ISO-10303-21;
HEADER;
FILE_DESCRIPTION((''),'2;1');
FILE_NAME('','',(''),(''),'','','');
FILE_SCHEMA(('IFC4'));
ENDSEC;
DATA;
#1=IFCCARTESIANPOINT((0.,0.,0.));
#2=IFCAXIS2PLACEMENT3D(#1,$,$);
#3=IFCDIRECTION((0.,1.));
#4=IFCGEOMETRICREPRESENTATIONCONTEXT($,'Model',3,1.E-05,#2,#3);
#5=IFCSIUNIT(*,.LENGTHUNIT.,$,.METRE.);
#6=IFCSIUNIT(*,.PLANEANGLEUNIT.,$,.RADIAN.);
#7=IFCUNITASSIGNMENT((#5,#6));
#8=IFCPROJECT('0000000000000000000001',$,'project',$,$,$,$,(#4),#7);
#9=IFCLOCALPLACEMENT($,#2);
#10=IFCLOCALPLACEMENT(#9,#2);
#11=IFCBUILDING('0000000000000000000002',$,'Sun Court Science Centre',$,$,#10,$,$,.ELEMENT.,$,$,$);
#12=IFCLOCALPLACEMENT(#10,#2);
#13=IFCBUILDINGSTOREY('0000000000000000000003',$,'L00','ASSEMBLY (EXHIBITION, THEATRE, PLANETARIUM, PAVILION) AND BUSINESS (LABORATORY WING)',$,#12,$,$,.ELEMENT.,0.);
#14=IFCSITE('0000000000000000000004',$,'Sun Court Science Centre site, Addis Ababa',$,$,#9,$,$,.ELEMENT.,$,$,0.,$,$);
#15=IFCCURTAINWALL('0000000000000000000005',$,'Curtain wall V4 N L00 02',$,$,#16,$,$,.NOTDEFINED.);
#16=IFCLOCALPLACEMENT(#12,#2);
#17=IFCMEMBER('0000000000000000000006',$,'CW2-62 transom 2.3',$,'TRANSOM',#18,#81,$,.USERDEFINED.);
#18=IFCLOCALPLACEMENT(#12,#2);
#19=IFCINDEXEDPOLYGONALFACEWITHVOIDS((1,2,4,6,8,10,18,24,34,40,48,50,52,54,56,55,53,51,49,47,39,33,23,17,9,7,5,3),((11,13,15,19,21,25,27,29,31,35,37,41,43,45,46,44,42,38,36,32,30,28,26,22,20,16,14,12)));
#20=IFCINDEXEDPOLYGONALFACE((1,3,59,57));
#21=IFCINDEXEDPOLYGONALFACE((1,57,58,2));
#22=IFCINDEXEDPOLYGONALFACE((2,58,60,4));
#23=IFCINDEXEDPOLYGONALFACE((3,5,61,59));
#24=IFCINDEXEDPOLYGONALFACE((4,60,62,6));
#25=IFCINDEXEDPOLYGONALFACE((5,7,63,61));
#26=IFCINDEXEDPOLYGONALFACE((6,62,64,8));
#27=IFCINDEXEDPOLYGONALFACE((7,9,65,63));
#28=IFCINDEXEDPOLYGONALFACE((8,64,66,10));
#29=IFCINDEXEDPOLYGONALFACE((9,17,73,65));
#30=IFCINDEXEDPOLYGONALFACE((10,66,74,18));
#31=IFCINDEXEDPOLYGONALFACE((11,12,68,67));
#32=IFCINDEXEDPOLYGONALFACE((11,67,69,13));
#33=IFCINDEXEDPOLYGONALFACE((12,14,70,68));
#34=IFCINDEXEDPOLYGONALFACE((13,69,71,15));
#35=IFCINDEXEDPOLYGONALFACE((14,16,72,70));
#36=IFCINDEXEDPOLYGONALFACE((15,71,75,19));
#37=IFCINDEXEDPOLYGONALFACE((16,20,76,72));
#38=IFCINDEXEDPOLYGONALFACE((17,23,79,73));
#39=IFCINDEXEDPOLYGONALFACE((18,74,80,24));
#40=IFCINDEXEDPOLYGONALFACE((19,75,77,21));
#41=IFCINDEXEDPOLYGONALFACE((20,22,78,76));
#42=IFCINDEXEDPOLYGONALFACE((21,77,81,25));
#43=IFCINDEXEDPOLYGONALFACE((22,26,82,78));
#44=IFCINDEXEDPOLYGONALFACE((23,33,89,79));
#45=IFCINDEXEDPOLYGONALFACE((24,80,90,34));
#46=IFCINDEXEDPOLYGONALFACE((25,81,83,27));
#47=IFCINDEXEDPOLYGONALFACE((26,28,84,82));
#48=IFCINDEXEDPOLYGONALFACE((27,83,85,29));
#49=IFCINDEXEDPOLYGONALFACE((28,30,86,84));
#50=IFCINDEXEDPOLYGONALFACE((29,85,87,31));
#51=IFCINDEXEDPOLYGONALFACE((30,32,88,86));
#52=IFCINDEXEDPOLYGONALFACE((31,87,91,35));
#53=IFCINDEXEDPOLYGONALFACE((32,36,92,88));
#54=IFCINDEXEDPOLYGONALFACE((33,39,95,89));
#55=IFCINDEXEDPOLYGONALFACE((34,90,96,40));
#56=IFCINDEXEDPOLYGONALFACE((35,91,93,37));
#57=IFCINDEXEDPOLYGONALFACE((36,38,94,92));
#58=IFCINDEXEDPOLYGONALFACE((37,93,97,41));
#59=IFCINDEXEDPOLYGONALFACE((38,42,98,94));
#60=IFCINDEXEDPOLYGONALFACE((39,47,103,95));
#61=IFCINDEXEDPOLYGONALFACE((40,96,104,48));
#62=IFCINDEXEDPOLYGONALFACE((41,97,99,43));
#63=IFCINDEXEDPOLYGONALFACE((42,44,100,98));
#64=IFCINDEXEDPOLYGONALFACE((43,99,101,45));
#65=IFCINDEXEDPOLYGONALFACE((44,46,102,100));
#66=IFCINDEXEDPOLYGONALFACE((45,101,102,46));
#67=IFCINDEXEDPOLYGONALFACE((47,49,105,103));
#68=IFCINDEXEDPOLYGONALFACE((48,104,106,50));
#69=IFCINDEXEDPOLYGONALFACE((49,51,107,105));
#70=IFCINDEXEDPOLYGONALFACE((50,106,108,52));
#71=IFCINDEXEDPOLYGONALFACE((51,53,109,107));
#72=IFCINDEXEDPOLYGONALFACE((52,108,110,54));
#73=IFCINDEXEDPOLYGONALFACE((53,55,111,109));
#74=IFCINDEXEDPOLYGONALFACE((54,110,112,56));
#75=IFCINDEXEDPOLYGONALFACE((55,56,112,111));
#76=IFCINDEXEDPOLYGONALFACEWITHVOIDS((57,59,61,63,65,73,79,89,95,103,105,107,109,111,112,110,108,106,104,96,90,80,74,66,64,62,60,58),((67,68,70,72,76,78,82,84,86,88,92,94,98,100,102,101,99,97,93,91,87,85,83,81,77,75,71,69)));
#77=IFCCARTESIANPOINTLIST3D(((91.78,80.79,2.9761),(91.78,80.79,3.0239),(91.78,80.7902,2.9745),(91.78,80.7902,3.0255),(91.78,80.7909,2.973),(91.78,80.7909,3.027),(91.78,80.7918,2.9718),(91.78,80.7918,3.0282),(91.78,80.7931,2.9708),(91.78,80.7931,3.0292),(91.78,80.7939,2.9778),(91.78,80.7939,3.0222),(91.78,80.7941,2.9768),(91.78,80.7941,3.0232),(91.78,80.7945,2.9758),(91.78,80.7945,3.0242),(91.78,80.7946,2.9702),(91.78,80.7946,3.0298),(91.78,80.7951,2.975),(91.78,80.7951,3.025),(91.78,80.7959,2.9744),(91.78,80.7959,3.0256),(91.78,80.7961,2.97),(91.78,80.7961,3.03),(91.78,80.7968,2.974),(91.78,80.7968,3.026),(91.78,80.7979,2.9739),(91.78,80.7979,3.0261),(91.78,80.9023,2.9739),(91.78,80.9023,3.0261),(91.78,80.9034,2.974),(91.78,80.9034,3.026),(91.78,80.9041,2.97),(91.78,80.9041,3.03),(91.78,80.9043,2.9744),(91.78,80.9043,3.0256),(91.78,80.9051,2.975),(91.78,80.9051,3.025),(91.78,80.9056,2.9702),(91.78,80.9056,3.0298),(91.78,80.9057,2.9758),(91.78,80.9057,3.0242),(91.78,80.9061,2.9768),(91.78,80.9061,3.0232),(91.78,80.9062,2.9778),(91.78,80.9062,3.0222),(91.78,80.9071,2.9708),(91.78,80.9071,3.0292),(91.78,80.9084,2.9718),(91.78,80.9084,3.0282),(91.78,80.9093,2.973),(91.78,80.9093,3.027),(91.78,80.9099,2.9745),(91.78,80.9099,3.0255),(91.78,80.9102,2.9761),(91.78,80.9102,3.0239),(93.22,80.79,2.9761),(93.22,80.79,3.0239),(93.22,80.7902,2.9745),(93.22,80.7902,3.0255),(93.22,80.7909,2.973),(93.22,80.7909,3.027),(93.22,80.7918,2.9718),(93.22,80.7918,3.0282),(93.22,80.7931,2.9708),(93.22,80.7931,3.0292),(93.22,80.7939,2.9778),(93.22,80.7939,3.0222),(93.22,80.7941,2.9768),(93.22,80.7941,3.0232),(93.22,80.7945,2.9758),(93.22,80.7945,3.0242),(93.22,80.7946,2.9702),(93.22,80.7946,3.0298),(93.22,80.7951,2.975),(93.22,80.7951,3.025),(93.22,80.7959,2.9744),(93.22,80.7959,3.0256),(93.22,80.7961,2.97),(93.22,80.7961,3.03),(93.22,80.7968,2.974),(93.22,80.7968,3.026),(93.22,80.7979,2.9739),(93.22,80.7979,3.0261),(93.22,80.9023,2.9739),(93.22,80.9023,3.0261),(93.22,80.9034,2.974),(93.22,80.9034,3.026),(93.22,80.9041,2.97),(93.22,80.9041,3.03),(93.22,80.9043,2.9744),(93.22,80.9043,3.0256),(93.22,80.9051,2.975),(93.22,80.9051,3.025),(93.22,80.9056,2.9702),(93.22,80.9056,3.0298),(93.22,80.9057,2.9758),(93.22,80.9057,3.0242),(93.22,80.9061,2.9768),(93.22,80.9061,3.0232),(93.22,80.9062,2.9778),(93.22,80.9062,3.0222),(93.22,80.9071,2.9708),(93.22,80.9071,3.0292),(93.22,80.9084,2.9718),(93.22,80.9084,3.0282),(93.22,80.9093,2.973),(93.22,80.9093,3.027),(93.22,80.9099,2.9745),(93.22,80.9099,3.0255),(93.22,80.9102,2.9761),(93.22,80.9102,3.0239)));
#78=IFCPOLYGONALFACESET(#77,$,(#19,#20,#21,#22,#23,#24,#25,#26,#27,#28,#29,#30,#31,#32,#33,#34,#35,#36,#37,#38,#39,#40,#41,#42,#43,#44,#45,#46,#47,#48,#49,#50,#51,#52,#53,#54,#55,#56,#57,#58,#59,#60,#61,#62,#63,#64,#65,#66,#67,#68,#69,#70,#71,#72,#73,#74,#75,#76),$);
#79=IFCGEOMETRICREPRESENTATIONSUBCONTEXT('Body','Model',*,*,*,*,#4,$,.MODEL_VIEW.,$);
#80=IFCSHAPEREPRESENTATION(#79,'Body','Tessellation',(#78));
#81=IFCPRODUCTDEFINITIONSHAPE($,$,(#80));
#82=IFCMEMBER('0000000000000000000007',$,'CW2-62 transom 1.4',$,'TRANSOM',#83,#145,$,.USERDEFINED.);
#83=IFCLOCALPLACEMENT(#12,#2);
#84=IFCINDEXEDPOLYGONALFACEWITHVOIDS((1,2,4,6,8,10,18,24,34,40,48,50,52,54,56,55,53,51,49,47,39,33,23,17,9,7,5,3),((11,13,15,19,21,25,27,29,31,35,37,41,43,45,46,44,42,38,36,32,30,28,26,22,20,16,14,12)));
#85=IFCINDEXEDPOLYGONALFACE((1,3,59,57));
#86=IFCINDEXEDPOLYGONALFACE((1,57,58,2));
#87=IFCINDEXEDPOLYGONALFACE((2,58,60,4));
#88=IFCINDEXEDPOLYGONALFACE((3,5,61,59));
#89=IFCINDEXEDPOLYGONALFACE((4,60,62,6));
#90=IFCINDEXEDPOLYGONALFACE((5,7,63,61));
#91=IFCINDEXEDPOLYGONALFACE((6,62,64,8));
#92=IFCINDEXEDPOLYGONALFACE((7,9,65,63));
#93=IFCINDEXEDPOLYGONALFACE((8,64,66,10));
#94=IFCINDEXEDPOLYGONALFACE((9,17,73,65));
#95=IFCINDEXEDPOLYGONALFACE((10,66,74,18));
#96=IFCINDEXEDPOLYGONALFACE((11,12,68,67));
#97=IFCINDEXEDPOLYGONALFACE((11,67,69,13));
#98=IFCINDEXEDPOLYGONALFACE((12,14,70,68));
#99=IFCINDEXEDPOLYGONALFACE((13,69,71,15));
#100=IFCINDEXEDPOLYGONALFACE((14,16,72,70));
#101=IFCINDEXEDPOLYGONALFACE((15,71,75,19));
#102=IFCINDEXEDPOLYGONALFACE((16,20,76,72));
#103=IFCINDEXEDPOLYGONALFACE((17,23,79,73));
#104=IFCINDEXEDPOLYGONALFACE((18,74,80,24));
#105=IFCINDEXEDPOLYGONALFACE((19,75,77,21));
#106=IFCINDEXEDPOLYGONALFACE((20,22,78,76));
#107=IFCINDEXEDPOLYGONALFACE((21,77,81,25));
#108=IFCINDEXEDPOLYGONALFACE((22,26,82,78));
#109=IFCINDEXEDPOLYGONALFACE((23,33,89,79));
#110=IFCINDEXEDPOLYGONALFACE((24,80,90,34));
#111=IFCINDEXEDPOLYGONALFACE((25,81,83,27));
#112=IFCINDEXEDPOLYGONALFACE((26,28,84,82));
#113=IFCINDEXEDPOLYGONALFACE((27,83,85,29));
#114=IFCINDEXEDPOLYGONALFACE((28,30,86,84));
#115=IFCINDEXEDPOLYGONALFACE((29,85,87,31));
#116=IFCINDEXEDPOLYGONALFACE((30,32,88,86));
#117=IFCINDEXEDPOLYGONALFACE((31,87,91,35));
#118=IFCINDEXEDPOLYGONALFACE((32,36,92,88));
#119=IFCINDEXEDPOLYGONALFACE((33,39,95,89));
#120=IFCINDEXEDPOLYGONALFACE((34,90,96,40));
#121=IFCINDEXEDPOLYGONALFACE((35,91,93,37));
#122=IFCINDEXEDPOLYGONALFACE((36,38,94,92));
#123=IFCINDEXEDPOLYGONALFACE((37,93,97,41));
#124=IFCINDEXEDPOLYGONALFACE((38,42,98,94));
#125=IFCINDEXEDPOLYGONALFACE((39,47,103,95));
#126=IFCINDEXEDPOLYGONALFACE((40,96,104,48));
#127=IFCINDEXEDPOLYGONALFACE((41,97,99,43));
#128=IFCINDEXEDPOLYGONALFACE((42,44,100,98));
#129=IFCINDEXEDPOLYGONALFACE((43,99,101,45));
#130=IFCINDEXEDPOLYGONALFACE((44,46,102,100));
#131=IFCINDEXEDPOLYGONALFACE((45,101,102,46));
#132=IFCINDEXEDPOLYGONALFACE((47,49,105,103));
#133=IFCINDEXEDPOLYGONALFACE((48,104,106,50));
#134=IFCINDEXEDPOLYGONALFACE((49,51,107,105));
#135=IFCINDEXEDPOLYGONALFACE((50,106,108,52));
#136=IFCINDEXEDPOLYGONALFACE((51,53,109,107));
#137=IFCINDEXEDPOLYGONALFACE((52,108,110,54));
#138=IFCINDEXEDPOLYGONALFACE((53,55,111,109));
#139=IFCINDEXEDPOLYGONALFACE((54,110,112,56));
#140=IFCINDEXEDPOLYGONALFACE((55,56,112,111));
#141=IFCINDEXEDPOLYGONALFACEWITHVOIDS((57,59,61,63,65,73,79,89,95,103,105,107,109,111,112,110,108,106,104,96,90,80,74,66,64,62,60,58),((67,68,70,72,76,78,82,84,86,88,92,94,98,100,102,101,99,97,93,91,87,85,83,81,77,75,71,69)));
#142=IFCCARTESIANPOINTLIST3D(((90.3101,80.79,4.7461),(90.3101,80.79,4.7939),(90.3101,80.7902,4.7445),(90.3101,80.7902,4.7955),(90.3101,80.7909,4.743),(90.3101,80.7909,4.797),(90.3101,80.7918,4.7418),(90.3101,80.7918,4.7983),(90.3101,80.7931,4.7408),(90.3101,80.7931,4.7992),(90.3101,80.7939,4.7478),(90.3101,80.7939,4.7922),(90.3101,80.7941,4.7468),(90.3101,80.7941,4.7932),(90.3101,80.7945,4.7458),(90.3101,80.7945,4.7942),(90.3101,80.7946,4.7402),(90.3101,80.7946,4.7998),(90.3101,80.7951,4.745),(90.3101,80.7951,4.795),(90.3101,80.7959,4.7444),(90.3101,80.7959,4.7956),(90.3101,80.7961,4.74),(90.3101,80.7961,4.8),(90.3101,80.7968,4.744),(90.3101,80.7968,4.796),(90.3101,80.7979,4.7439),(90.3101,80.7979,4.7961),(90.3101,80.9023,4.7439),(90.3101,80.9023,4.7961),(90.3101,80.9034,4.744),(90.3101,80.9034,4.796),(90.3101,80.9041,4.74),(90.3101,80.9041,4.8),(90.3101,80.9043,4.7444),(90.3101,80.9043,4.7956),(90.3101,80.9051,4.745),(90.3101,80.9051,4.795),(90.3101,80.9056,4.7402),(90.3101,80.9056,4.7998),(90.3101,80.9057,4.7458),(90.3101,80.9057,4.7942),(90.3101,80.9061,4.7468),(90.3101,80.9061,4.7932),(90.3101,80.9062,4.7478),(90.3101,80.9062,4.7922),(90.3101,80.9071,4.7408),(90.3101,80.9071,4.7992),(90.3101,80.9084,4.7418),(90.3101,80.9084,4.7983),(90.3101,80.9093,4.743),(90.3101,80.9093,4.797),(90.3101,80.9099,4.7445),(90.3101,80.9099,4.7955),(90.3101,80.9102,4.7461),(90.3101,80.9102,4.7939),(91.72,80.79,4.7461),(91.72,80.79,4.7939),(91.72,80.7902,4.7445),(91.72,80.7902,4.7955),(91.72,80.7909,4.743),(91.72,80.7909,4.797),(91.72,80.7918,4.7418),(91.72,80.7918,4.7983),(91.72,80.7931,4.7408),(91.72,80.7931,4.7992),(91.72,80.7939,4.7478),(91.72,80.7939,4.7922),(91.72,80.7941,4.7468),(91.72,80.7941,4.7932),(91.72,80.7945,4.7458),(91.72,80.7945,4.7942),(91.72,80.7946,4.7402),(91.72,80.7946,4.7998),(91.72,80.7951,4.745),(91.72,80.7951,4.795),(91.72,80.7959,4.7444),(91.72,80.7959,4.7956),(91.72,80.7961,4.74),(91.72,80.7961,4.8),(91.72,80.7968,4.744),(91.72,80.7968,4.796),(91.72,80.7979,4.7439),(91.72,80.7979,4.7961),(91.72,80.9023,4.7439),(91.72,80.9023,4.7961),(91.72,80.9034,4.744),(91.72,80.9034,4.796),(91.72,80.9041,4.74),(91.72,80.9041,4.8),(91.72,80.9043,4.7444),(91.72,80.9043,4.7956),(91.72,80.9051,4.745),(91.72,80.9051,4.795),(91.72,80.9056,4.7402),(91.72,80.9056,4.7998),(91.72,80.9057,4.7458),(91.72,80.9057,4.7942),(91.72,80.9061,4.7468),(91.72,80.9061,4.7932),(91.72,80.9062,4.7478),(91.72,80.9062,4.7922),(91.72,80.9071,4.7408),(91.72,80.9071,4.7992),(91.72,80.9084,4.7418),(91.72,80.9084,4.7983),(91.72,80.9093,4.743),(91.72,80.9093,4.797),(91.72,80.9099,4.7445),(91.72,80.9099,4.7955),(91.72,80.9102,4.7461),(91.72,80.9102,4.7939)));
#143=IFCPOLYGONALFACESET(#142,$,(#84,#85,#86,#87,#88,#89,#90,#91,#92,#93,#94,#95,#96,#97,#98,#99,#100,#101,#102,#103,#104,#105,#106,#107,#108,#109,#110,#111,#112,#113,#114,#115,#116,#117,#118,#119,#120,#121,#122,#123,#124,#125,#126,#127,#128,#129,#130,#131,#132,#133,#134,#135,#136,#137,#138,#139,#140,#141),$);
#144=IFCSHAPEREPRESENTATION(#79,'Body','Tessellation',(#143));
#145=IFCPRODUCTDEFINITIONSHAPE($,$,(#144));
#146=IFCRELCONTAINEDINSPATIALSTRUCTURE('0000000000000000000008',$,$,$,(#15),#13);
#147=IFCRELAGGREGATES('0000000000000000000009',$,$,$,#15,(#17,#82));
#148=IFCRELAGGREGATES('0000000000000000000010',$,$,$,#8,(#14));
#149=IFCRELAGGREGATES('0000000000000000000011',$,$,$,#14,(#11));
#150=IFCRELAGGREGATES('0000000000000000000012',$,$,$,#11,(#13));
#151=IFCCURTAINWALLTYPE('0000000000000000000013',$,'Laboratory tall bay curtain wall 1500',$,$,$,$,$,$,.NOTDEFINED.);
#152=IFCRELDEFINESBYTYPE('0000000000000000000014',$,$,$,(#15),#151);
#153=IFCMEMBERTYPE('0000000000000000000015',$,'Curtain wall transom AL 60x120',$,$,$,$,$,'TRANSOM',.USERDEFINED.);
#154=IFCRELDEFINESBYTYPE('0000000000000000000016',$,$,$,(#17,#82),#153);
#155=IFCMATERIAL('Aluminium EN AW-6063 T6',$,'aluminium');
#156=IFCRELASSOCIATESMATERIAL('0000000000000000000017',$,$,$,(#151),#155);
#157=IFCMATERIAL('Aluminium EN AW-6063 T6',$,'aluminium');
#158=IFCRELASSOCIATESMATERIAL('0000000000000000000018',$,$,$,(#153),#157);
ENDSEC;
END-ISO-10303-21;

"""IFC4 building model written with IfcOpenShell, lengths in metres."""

from ifc_helpers import new_model, si_unit, direction, frame, origin, origin_2d, place, context, subcontext, project, spatial, hollow_rectangle, extrude, material, material_profile, profile_set, type_object, element, aggregate, save


model = new_model("IFC4")

# Units and contexts
model_context = context("Model", 3, precision=1e-05, world=origin(), true_north=direction((0.0, 1.0)))
body_context = subcontext(model_context, "Body", "Model", "MODEL_VIEW")
ifc_project = project(units=[si_unit("LENGTHUNIT", "METRE"), si_unit("PLANEANGLEUNIT", "RADIAN")], contexts=[model_context])

# Site, building, storey
site_placement = place(None, origin())
site = spatial("IfcSite", under=ifc_project, at=site_placement, Name="Sun Court Science Centre site, Addis Ababa", CompositionType="ELEMENT", RefElevation=0.0)
building_placement = place(site_placement, origin())
building = spatial("IfcBuilding", under=site, at=building_placement, Name="Sun Court Science Centre", CompositionType="ELEMENT")
storey_placement = place(building_placement, origin())
storey = spatial("IfcBuildingStorey", under=building, at=storey_placement, Name="L00", Description="ASSEMBLY (EXHIBITION, THEATRE, PLANETARIUM, PAVILION) AND BUSINESS (LABORATORY WING)", CompositionType="ELEMENT", Elevation=0.0)

# Curtain wall, members
ifc_material_1 = material(Name="Aluminium EN AW-6063 T6", Category="aluminium")
curtain_wall_type = type_object("IfcCurtainWallType", Name="Laboratory tall bay curtain wall 1500", PredefinedType="NOTDEFINED", material=ifc_material_1)
curtain_wall_placement = place(storey_placement, origin())
curtain_wall = element("IfcCurtainWall", 1, at=curtain_wall_placement, inside=storey, type_object=curtain_wall_type, Name="Curtain wall V4 N L00 02", PredefinedType="NOTDEFINED")
ifc_material_2 = material(Name="Aluminium EN AW-6063 T6", Category="aluminium")
ifc_material_profile_1 = material_profile(ifc_material_2, hollow_rectangle(XDim=0.0601, YDim=0.1201, WallThickness=0.0039, InnerFilletRadius=0.0039, OuterFilletRadius=0.0061, at=origin_2d()), Name="AL 60x120x4")
ifc_profile_set_1 = profile_set([ifc_material_profile_1], Name="Aluminium EN AW-6063 T6")
member_type_1 = type_object("IfcMemberType", Name="Curtain wall transom AL 60x120", ElementType="TRANSOM", PredefinedType="USERDEFINED", material=ifc_profile_set_1)
member_1_placement = place(storey_placement, frame((91.78, 80.8501, 3.0), z_axis=(1.0, 0.0, 0.0), x_axis=(0.0, 0.0, 1.0)))
member_1 = element("IfcMember", 2, at=member_1_placement, type_object=member_type_1, Name="CW2-62 transom 2.3", ObjectType="TRANSOM", PredefinedType="USERDEFINED", context=body_context, shape_type="SweptSolid", body=[
    extrude(hollow_rectangle(XDim=0.0601, YDim=0.1201, WallThickness=0.0039, InnerFilletRadius=0.0039, OuterFilletRadius=0.0061, at=origin_2d()), origin(), (0.0, 0.0, 1.0), 1.4399),
])
member_2_placement = place(storey_placement, frame((90.3101, 80.8501, 4.77), z_axis=(1.0, 0.0, 0.0), x_axis=(0.0, 0.0, 1.0)))
member_2 = element("IfcMember", 3, at=member_2_placement, type_object=member_type_1, Name="CW2-62 transom 1.4", ObjectType="TRANSOM", PredefinedType="USERDEFINED", context=body_context, shape_type="SweptSolid", body=[
    extrude(hollow_rectangle(XDim=0.0601, YDim=0.1201, WallThickness=0.0039, InnerFilletRadius=0.0039, OuterFilletRadius=0.0061, at=origin_2d()), origin(), (0.0, 0.0, 1.0), 1.4099),
])
aggregate(curtain_wall, [member_1, member_2])

save(model, "model.ifc")
